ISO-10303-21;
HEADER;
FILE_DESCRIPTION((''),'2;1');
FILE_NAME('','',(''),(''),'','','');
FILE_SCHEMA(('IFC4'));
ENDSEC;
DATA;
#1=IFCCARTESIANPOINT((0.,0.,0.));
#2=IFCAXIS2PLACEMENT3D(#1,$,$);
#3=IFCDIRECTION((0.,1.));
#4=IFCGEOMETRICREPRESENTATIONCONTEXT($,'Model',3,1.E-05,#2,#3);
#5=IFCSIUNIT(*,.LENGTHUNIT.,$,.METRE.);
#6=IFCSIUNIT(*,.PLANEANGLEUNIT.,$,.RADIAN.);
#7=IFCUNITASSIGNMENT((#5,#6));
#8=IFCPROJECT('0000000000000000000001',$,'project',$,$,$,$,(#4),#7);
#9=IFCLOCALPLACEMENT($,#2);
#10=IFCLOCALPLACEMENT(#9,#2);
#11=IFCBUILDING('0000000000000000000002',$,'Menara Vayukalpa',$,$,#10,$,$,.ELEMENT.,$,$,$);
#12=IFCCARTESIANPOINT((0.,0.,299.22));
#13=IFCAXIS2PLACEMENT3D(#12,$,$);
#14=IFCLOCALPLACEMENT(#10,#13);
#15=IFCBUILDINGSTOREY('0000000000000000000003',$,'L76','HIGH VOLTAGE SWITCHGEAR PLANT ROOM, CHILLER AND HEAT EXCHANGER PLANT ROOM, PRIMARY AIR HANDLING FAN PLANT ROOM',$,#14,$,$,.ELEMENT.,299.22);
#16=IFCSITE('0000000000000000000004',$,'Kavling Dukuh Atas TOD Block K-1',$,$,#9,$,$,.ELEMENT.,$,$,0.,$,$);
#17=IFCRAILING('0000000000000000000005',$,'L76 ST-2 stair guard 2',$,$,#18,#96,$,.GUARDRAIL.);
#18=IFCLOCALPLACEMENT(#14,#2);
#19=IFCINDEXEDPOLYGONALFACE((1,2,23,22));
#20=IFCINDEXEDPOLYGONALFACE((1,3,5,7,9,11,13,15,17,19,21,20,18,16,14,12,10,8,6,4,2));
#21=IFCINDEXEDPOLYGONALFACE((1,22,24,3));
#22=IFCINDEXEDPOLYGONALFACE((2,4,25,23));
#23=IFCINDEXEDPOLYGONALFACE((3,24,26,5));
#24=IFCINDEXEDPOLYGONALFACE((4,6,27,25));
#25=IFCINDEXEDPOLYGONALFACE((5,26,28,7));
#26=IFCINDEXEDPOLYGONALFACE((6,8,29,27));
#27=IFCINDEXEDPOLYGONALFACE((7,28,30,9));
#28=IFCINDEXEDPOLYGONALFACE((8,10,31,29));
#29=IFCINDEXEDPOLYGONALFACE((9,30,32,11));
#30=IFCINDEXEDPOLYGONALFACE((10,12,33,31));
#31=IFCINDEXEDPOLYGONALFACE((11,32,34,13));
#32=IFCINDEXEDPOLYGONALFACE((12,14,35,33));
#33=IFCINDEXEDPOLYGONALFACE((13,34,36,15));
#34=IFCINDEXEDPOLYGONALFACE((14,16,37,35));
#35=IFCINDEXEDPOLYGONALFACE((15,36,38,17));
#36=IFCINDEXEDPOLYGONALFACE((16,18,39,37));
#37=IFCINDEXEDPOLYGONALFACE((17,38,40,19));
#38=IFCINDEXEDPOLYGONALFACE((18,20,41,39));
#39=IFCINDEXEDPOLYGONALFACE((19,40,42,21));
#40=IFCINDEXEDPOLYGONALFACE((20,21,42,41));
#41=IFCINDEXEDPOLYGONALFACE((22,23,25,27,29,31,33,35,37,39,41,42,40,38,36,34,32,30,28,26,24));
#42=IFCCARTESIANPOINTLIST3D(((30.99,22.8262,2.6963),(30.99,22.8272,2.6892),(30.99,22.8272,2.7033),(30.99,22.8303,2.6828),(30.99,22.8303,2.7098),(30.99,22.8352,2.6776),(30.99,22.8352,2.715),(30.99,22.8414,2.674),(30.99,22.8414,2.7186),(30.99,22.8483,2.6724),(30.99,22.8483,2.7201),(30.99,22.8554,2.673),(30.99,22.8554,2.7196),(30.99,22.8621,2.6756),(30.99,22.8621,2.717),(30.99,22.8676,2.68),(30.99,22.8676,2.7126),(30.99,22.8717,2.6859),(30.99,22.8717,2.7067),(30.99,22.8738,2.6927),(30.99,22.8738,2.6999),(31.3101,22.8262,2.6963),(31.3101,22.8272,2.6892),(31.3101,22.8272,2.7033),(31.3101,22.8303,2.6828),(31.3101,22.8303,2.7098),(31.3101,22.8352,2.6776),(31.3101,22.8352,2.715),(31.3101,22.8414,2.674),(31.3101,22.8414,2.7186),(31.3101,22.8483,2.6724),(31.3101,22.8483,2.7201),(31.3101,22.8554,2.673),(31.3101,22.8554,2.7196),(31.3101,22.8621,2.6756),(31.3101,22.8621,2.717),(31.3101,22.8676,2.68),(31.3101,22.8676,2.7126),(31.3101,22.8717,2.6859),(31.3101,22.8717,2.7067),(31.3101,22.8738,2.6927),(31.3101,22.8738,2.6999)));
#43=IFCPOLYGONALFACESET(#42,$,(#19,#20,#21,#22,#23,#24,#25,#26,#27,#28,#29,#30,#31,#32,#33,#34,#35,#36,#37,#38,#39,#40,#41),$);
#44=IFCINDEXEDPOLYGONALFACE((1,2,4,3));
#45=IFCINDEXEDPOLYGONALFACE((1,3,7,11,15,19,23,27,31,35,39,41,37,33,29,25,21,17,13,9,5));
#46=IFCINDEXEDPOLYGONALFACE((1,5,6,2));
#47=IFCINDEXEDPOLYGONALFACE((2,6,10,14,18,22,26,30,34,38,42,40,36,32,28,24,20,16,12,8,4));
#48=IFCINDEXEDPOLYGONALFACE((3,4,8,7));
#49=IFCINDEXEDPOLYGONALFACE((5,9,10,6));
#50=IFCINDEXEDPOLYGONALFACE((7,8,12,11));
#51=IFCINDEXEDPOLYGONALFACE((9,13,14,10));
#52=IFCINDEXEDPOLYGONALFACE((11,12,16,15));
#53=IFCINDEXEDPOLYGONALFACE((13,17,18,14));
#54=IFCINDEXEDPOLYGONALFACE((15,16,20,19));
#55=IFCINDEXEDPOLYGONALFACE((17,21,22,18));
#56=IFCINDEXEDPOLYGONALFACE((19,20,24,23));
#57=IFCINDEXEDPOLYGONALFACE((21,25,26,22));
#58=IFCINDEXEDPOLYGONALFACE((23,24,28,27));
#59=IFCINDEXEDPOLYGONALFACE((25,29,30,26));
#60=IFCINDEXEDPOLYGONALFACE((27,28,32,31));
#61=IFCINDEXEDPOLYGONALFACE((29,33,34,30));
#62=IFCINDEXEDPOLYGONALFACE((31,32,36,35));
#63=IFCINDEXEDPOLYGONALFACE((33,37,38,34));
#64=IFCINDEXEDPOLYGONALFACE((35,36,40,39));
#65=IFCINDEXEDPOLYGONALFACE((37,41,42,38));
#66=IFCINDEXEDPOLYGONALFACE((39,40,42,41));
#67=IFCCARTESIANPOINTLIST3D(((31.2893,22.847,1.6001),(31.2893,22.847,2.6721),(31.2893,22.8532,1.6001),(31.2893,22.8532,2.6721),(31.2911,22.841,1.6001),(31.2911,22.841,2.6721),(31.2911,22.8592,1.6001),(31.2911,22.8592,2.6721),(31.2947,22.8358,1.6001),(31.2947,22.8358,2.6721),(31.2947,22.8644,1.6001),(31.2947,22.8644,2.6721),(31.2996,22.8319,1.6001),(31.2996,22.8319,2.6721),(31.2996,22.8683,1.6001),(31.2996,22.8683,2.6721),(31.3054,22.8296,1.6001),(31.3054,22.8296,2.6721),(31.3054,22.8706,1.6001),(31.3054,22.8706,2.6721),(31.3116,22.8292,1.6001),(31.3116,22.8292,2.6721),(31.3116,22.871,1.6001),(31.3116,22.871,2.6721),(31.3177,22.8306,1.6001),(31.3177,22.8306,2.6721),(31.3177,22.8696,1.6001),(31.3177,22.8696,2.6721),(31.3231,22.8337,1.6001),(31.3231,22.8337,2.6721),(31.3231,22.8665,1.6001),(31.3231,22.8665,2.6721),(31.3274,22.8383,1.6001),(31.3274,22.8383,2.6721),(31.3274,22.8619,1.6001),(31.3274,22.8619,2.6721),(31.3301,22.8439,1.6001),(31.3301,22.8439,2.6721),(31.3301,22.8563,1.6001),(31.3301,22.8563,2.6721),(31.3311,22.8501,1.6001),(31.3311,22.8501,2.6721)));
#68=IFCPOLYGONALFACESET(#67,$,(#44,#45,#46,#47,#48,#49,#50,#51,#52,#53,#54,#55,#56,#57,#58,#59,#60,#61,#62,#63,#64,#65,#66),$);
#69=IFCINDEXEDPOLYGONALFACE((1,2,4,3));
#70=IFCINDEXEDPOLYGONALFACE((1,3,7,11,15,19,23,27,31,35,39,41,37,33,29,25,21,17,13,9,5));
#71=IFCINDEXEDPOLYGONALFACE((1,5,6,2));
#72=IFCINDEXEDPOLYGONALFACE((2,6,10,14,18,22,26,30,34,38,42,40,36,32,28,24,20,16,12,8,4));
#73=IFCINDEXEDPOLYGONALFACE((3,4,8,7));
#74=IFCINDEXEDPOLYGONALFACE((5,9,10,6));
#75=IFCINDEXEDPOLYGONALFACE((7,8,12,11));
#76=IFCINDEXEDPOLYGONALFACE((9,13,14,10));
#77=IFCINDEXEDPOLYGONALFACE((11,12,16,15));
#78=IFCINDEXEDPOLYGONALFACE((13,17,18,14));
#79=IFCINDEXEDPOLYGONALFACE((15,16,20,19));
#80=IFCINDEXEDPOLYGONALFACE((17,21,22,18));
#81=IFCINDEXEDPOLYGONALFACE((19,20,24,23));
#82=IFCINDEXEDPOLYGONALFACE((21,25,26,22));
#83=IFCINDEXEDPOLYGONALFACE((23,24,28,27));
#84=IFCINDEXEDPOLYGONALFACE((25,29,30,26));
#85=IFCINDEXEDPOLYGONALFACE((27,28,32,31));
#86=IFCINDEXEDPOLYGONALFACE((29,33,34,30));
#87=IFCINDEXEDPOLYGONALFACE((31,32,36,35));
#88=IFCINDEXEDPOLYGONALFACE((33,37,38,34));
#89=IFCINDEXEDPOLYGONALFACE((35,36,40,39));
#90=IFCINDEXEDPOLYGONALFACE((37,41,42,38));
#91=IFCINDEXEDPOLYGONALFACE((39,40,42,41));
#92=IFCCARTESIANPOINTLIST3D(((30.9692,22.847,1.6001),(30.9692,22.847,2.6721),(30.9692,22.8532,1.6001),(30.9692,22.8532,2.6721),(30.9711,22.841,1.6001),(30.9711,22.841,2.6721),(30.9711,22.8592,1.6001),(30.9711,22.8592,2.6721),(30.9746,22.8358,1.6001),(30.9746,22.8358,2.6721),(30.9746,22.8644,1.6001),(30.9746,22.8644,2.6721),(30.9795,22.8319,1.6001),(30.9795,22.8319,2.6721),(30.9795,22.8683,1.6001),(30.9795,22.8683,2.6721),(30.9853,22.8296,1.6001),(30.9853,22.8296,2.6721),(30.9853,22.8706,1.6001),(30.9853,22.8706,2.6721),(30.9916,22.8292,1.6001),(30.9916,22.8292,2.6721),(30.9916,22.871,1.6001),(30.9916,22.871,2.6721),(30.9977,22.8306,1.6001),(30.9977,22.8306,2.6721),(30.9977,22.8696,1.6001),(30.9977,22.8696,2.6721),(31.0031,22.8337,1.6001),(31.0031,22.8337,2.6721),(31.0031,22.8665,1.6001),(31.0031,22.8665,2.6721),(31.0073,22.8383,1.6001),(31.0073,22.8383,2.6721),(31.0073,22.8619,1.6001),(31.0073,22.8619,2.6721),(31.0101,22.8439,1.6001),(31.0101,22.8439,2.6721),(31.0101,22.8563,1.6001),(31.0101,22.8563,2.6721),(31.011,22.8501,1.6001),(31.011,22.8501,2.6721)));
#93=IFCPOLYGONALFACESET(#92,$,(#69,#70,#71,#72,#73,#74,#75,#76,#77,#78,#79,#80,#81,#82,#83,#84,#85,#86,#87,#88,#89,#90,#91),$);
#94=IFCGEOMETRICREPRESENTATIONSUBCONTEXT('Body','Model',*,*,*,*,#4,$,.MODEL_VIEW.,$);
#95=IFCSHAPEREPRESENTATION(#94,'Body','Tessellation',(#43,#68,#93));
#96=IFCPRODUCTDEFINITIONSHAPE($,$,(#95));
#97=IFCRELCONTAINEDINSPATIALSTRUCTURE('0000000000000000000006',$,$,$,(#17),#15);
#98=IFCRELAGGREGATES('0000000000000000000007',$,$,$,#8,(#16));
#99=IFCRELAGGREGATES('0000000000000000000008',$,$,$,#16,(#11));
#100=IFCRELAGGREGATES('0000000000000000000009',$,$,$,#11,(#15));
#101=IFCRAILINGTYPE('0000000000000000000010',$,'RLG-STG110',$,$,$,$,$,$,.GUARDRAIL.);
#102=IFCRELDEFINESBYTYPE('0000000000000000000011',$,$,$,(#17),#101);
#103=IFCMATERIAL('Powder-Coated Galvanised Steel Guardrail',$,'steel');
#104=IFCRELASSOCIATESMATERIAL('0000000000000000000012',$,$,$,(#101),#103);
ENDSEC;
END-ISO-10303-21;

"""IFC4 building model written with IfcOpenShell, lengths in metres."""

from ifc_helpers import new_model, si_unit, direction, frame, origin, origin_2d, place, context, subcontext, project, spatial, circle, extrude, material, type_object, element, save


model = new_model("IFC4")

# Units and contexts
model_context = context("Model", 3, precision=1e-05, world=origin(), true_north=direction((0.0, 1.0)))
body_context = subcontext(model_context, "Body", "Model", "MODEL_VIEW")
ifc_project = project(units=[si_unit("LENGTHUNIT", "METRE"), si_unit("PLANEANGLEUNIT", "RADIAN")], contexts=[model_context])

# Site, building, storey
site_placement = place(None, origin())
site = spatial("IfcSite", under=ifc_project, at=site_placement, Name="Kavling Dukuh Atas TOD Block K-1", CompositionType="ELEMENT", RefElevation=0.0)
building_placement = place(site_placement, origin())
building = spatial("IfcBuilding", under=site, at=building_placement, Name="Menara Vayukalpa", CompositionType="ELEMENT")
storey_placement = place(building_placement, frame((0.0, 0.0, 299.22)))
storey = spatial("IfcBuildingStorey", under=building, at=storey_placement, Name="L76", Description="HIGH VOLTAGE SWITCHGEAR PLANT ROOM, CHILLER AND HEAT EXCHANGER PLANT ROOM, PRIMARY AIR HANDLING FAN PLANT ROOM", CompositionType="ELEMENT", Elevation=299.22)

# Railing
ifc_material_1 = material(Name="Powder-Coated Galvanised Steel Guardrail", Category="steel")
railing_type = type_object("IfcRailingType", Name="RLG-STG110", PredefinedType="GUARDRAIL", material=ifc_material_1)
railing_placement = place(storey_placement, frame((31.3101, 22.8501, 1.6001)))
element("IfcRailing", 1, at=railing_placement, inside=storey, type_object=railing_type, Name="L76 ST-2 stair guard 2", PredefinedType="GUARDRAIL", context=body_context, shape_type="SweptSolid", body=[
    extrude(circle(Radius=0.0239, at=origin_2d()), frame((0.0, 0.0, 1.0962), z_axis=(-1.0, 0.0, 0.0), x_axis=(0.0, -1.0, 0.0)), (0.0, 0.0, 1.0), 0.3201),
    extrude(circle(Radius=0.021, at=origin_2d()), origin(), (0.0, 0.0, 1.0), 1.072),
    extrude(circle(Radius=0.021, at=origin_2d()), frame((-0.3201, 0.0, 0.0)), (0.0, 0.0, 1.0), 1.072),
])

save(model, "model.ifc")
